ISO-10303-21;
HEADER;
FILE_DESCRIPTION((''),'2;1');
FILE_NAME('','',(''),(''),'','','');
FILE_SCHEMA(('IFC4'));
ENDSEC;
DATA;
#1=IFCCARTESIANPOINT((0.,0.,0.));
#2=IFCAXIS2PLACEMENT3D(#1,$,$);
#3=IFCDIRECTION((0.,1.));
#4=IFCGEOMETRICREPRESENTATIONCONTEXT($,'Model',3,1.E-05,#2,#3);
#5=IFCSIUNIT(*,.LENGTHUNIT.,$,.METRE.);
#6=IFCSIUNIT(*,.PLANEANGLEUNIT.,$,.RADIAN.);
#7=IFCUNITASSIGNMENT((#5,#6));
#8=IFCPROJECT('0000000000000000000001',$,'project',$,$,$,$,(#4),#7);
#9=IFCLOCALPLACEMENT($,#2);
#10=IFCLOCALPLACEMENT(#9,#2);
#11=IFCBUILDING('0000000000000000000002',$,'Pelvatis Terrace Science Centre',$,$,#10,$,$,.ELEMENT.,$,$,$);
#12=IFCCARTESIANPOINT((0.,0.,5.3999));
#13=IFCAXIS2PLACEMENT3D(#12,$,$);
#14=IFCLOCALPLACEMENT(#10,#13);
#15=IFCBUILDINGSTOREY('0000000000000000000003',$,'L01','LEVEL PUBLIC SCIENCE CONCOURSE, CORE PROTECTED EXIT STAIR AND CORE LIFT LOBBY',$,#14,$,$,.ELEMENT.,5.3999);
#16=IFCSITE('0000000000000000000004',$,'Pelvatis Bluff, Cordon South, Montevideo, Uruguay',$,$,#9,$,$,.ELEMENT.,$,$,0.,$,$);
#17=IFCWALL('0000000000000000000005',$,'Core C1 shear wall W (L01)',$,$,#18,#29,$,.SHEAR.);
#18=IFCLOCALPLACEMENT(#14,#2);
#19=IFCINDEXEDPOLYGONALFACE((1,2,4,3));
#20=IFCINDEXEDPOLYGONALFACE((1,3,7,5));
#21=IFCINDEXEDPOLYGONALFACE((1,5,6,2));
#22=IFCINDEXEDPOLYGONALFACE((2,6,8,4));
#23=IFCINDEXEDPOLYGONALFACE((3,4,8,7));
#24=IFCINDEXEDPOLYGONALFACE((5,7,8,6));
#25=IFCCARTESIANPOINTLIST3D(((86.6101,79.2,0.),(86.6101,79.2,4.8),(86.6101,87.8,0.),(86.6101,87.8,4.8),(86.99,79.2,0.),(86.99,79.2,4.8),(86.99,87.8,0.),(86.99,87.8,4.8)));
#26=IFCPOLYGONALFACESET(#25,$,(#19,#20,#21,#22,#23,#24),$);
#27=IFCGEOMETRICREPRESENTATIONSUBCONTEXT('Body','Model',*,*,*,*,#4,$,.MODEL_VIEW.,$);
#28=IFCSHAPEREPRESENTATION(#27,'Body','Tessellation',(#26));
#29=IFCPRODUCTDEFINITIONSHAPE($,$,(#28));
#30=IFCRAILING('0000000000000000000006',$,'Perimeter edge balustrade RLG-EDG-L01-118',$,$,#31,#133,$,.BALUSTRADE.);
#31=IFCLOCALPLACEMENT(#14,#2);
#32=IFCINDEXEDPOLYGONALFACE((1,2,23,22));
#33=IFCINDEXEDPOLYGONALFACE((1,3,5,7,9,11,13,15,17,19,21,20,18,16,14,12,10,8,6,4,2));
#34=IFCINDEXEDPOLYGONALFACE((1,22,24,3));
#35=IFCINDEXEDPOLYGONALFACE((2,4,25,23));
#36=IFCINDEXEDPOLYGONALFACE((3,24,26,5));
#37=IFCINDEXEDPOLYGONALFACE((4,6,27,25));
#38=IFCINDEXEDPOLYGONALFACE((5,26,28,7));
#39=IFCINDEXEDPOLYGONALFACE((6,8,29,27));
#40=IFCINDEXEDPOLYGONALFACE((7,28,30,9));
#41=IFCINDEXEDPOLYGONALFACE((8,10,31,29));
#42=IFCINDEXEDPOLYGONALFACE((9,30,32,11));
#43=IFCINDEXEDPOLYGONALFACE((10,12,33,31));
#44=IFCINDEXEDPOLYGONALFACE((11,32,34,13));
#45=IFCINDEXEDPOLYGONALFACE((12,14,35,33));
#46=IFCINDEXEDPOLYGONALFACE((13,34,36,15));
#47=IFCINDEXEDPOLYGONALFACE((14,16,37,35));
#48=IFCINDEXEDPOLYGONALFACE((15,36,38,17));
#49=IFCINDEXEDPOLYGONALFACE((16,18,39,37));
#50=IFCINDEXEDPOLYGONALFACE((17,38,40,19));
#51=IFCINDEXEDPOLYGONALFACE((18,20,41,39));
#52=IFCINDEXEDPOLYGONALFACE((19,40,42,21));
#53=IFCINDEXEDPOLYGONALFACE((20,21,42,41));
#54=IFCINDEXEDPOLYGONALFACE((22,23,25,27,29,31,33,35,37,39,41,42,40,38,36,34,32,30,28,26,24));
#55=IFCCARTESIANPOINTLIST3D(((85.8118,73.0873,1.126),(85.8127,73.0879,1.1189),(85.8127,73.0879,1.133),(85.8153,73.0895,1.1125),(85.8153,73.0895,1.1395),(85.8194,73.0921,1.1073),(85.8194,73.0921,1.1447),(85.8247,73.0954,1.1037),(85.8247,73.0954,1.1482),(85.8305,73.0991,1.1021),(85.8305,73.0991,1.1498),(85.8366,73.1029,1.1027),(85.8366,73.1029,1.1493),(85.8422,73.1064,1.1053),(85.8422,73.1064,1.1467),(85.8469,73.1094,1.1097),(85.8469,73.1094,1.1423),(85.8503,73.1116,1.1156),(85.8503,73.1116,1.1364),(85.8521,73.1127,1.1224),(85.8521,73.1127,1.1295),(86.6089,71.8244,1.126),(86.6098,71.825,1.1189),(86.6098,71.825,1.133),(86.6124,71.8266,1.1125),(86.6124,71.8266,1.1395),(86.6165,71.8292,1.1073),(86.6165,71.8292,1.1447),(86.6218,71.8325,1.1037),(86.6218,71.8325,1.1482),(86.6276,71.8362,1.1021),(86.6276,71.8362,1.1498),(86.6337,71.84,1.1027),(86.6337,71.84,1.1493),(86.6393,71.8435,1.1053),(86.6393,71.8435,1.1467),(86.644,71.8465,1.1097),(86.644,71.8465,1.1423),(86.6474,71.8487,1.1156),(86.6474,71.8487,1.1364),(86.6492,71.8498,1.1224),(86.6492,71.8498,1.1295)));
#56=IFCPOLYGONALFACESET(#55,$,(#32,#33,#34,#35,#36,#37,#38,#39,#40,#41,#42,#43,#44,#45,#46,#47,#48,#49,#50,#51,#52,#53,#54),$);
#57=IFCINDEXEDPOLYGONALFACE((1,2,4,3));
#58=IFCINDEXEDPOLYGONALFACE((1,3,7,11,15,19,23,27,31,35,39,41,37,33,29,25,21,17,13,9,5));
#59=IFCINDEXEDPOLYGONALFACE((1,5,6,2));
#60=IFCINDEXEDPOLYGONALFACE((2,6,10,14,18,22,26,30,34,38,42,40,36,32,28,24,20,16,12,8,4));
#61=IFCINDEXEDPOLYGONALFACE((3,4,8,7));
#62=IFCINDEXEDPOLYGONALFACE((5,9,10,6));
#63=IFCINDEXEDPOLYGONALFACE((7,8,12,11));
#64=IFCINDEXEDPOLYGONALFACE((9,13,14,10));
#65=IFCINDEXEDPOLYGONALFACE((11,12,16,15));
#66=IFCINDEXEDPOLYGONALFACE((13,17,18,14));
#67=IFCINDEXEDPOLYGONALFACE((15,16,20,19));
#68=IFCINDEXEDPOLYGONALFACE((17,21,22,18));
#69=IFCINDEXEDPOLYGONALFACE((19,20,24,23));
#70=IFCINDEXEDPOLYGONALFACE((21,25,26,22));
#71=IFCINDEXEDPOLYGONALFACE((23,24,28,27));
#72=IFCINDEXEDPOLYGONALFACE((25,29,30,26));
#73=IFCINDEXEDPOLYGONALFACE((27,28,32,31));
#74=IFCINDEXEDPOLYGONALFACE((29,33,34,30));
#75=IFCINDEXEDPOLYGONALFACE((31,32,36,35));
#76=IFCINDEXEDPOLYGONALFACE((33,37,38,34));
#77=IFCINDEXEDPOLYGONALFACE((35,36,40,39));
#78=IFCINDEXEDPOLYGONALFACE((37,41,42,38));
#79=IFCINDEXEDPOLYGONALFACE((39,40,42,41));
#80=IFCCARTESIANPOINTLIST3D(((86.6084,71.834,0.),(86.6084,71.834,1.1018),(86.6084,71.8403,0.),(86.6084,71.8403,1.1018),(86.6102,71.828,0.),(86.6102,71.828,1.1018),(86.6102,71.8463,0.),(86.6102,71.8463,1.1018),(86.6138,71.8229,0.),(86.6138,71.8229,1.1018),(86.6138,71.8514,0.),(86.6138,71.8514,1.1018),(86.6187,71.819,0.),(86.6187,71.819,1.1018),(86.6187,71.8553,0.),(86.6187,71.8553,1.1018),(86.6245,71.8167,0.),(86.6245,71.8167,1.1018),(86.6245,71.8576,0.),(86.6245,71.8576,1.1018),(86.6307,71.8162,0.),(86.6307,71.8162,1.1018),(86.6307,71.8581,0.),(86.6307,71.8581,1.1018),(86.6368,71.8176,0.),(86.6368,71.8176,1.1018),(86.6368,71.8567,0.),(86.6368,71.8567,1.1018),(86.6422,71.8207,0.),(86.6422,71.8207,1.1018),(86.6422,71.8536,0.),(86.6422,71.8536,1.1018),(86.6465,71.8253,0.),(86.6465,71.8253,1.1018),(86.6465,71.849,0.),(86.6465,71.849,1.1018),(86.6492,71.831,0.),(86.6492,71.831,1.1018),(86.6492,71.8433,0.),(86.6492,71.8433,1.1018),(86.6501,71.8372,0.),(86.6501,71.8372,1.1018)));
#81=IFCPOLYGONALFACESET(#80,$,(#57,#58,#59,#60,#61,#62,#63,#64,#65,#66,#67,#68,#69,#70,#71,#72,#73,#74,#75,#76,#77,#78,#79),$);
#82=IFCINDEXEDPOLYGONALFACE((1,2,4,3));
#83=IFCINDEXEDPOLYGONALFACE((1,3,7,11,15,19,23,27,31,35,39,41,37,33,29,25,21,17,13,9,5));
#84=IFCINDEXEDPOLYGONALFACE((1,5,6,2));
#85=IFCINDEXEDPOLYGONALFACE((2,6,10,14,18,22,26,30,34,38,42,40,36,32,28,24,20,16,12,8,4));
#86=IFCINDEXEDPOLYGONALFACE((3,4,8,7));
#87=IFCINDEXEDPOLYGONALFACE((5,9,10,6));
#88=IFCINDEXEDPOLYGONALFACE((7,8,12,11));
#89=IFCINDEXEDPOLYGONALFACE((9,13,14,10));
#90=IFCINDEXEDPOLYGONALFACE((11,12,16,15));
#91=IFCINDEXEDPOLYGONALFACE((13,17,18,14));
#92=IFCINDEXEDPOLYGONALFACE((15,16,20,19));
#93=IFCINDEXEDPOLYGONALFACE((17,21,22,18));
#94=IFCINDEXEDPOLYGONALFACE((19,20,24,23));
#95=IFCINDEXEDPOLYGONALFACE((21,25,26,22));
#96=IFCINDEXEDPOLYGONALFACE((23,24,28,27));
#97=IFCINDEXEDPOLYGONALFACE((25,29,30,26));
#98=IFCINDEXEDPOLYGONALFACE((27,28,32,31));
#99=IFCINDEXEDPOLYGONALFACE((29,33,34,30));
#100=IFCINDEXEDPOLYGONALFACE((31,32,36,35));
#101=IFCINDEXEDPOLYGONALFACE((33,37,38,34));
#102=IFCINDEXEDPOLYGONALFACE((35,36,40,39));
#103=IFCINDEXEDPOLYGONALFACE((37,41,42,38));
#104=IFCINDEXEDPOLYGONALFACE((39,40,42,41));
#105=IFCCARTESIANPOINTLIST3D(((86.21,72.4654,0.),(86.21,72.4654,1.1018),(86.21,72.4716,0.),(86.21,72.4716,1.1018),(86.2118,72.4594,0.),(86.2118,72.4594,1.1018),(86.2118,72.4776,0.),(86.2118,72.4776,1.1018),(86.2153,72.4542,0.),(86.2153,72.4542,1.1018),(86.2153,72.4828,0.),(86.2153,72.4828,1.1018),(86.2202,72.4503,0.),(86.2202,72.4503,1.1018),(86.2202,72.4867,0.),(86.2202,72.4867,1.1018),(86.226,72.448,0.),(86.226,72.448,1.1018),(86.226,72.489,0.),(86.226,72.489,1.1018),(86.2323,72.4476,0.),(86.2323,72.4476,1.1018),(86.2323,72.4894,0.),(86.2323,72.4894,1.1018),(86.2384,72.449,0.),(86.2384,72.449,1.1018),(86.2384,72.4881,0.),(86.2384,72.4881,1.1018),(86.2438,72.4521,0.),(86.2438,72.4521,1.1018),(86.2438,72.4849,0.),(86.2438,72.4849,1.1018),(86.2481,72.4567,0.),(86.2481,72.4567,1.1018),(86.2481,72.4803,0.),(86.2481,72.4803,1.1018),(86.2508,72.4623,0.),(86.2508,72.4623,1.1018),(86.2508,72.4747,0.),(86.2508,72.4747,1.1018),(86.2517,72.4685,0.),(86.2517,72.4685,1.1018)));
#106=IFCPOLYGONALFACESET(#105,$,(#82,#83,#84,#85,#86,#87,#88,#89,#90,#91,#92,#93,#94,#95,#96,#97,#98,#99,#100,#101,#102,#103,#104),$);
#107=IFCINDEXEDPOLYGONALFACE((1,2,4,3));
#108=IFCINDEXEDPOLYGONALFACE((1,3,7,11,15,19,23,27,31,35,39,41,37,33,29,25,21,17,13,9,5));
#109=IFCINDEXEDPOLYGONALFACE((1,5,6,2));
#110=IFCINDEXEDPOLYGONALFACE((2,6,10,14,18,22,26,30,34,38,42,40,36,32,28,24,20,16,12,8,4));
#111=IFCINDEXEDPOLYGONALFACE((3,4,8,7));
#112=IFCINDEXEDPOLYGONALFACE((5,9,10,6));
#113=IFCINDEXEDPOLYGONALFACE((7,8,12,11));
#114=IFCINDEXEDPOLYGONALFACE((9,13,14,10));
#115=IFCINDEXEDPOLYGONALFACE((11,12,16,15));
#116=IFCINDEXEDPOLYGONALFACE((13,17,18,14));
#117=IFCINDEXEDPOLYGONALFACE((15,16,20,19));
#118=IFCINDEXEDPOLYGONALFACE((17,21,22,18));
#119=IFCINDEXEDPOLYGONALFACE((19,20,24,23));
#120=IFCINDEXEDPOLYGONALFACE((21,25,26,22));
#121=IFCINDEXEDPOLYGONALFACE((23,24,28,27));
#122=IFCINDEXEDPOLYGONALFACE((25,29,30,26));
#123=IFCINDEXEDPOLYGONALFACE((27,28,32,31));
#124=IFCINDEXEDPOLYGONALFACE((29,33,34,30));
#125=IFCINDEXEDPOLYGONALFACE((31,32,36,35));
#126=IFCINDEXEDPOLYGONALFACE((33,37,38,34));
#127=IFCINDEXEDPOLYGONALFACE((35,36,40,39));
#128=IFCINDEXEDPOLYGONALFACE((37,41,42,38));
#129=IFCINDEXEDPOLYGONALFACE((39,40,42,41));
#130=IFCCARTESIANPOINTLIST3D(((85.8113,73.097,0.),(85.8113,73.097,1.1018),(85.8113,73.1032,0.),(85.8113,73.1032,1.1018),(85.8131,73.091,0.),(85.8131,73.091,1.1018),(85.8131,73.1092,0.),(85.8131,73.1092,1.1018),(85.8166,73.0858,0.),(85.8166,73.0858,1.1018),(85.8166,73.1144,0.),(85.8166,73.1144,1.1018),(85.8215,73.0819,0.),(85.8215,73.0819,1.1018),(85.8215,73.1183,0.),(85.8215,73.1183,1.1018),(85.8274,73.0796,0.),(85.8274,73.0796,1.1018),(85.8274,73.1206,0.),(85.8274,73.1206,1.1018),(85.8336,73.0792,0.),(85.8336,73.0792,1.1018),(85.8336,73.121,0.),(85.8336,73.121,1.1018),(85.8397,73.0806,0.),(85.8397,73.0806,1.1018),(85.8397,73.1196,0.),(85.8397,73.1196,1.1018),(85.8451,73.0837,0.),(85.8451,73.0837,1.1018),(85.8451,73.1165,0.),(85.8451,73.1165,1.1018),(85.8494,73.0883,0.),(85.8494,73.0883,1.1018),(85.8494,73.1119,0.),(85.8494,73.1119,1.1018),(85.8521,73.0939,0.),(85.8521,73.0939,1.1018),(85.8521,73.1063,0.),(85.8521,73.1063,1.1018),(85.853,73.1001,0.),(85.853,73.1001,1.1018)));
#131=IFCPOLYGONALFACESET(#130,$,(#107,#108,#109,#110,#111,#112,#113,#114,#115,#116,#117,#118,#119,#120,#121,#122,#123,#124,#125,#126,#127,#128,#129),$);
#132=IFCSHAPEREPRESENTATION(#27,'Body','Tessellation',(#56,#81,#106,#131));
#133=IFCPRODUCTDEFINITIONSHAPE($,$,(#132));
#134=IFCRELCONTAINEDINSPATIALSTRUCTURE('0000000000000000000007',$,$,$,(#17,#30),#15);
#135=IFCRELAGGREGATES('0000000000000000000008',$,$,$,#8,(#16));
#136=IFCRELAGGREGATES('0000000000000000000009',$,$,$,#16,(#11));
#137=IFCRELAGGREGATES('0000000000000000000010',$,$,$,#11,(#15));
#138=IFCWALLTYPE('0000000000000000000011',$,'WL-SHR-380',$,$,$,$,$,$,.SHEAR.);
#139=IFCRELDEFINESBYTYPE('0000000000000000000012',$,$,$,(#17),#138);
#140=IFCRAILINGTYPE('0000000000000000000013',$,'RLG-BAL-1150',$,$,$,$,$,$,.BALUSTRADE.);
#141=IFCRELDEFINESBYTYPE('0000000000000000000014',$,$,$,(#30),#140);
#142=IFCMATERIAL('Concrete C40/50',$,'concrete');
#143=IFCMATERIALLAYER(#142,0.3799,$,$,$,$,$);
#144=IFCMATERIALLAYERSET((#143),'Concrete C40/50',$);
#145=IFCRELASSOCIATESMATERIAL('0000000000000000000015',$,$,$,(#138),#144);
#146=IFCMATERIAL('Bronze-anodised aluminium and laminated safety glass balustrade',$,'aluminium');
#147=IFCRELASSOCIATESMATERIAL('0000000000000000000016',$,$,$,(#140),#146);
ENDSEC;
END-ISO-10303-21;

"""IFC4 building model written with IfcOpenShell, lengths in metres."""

from ifc_helpers import new_model, si_unit, direction, frame, frame_2d, origin, origin_2d, place, context, subcontext, project, spatial, rectangle, circle, extrude, material, layer, layer_set, type_object, element, save


model = new_model("IFC4")

# Units and contexts
model_context = context("Model", 3, precision=1e-05, world=origin(), true_north=direction((0.0, 1.0)))
body_context = subcontext(model_context, "Body", "Model", "MODEL_VIEW")
ifc_project = project(units=[si_unit("LENGTHUNIT", "METRE"), si_unit("PLANEANGLEUNIT", "RADIAN")], contexts=[model_context])

# Site, building, storey
site_placement = place(None, origin())
site = spatial("IfcSite", under=ifc_project, at=site_placement, Name="Pelvatis Bluff, Cordon South, Montevideo, Uruguay", CompositionType="ELEMENT", RefElevation=0.0)
building_placement = place(site_placement, origin())
building = spatial("IfcBuilding", under=site, at=building_placement, Name="Pelvatis Terrace Science Centre", CompositionType="ELEMENT")
storey_placement = place(building_placement, frame((0.0, 0.0, 5.3999)))
storey = spatial("IfcBuildingStorey", under=building, at=storey_placement, Name="L01", Description="LEVEL PUBLIC SCIENCE CONCOURSE, CORE PROTECTED EXIT STAIR AND CORE LIFT LOBBY", CompositionType="ELEMENT", Elevation=5.3999)

# Wall
ifc_material_1 = material(Name="Concrete C40/50", Category="concrete")
ifc_layer_1 = layer(ifc_material_1, 0.3799)
ifc_layer_set_1 = layer_set([ifc_layer_1], Name="Concrete C40/50")
wall_type_1 = type_object("IfcWallType", Name="WL-SHR-380", PredefinedType="SHEAR", material=ifc_layer_set_1)
wall_1_placement = place(storey_placement, frame((86.8, 79.2, 0.0), z_axis=(0.0, 0.0, 1.0), x_axis=(0.0, 1.0, 0.0)))
element("IfcWall", 1, at=wall_1_placement, inside=storey, type_object=wall_type_1, Name="Core C1 shear wall W (L01)", PredefinedType="SHEAR", context=body_context, shape_type="SweptSolid", body=[
    extrude(rectangle(XDim=8.6001, YDim=0.3799, at=frame_2d((4.3, 0.0))), origin(), (0.0, 0.0, 1.0), 4.8),
])

# Railing
ifc_material_2 = material(Name="Bronze-anodised aluminium and laminated safety glass balustrade", Category="aluminium")
railing_type = type_object("IfcRailingType", Name="RLG-BAL-1150", PredefinedType="BALUSTRADE", material=ifc_material_2)
railing_1_placement = place(storey_placement, frame((86.6292, 71.8372, 0.0)))
element("IfcRailing", 2, at=railing_1_placement, inside=storey, type_object=railing_type, Name="Perimeter edge balustrade RLG-EDG-L01-118", PredefinedType="BALUSTRADE", context=body_context, shape_type="SweptSolid", body=[
    extrude(circle(Radius=0.0239, at=origin_2d()), frame((0.0, 0.0, 1.126), z_axis=(-0.533741, 0.845648, 0.0), x_axis=(-0.845648, -0.533741, 0.0)), (0.0, 0.0, 1.0), 1.4934),
    extrude(circle(Radius=0.021, at=origin_2d()), origin(), (0.0, 0.0, 1.0), 1.1018),
    extrude(circle(Radius=0.021, at=origin_2d()), frame((-0.3984, 0.6313, 0.0)), (0.0, 0.0, 1.0), 1.1018),
    extrude(circle(Radius=0.021, at=origin_2d()), frame((-0.7971, 1.2629, 0.0)), (0.0, 0.0, 1.0), 1.1018),
])

save(model, "model.ifc")
